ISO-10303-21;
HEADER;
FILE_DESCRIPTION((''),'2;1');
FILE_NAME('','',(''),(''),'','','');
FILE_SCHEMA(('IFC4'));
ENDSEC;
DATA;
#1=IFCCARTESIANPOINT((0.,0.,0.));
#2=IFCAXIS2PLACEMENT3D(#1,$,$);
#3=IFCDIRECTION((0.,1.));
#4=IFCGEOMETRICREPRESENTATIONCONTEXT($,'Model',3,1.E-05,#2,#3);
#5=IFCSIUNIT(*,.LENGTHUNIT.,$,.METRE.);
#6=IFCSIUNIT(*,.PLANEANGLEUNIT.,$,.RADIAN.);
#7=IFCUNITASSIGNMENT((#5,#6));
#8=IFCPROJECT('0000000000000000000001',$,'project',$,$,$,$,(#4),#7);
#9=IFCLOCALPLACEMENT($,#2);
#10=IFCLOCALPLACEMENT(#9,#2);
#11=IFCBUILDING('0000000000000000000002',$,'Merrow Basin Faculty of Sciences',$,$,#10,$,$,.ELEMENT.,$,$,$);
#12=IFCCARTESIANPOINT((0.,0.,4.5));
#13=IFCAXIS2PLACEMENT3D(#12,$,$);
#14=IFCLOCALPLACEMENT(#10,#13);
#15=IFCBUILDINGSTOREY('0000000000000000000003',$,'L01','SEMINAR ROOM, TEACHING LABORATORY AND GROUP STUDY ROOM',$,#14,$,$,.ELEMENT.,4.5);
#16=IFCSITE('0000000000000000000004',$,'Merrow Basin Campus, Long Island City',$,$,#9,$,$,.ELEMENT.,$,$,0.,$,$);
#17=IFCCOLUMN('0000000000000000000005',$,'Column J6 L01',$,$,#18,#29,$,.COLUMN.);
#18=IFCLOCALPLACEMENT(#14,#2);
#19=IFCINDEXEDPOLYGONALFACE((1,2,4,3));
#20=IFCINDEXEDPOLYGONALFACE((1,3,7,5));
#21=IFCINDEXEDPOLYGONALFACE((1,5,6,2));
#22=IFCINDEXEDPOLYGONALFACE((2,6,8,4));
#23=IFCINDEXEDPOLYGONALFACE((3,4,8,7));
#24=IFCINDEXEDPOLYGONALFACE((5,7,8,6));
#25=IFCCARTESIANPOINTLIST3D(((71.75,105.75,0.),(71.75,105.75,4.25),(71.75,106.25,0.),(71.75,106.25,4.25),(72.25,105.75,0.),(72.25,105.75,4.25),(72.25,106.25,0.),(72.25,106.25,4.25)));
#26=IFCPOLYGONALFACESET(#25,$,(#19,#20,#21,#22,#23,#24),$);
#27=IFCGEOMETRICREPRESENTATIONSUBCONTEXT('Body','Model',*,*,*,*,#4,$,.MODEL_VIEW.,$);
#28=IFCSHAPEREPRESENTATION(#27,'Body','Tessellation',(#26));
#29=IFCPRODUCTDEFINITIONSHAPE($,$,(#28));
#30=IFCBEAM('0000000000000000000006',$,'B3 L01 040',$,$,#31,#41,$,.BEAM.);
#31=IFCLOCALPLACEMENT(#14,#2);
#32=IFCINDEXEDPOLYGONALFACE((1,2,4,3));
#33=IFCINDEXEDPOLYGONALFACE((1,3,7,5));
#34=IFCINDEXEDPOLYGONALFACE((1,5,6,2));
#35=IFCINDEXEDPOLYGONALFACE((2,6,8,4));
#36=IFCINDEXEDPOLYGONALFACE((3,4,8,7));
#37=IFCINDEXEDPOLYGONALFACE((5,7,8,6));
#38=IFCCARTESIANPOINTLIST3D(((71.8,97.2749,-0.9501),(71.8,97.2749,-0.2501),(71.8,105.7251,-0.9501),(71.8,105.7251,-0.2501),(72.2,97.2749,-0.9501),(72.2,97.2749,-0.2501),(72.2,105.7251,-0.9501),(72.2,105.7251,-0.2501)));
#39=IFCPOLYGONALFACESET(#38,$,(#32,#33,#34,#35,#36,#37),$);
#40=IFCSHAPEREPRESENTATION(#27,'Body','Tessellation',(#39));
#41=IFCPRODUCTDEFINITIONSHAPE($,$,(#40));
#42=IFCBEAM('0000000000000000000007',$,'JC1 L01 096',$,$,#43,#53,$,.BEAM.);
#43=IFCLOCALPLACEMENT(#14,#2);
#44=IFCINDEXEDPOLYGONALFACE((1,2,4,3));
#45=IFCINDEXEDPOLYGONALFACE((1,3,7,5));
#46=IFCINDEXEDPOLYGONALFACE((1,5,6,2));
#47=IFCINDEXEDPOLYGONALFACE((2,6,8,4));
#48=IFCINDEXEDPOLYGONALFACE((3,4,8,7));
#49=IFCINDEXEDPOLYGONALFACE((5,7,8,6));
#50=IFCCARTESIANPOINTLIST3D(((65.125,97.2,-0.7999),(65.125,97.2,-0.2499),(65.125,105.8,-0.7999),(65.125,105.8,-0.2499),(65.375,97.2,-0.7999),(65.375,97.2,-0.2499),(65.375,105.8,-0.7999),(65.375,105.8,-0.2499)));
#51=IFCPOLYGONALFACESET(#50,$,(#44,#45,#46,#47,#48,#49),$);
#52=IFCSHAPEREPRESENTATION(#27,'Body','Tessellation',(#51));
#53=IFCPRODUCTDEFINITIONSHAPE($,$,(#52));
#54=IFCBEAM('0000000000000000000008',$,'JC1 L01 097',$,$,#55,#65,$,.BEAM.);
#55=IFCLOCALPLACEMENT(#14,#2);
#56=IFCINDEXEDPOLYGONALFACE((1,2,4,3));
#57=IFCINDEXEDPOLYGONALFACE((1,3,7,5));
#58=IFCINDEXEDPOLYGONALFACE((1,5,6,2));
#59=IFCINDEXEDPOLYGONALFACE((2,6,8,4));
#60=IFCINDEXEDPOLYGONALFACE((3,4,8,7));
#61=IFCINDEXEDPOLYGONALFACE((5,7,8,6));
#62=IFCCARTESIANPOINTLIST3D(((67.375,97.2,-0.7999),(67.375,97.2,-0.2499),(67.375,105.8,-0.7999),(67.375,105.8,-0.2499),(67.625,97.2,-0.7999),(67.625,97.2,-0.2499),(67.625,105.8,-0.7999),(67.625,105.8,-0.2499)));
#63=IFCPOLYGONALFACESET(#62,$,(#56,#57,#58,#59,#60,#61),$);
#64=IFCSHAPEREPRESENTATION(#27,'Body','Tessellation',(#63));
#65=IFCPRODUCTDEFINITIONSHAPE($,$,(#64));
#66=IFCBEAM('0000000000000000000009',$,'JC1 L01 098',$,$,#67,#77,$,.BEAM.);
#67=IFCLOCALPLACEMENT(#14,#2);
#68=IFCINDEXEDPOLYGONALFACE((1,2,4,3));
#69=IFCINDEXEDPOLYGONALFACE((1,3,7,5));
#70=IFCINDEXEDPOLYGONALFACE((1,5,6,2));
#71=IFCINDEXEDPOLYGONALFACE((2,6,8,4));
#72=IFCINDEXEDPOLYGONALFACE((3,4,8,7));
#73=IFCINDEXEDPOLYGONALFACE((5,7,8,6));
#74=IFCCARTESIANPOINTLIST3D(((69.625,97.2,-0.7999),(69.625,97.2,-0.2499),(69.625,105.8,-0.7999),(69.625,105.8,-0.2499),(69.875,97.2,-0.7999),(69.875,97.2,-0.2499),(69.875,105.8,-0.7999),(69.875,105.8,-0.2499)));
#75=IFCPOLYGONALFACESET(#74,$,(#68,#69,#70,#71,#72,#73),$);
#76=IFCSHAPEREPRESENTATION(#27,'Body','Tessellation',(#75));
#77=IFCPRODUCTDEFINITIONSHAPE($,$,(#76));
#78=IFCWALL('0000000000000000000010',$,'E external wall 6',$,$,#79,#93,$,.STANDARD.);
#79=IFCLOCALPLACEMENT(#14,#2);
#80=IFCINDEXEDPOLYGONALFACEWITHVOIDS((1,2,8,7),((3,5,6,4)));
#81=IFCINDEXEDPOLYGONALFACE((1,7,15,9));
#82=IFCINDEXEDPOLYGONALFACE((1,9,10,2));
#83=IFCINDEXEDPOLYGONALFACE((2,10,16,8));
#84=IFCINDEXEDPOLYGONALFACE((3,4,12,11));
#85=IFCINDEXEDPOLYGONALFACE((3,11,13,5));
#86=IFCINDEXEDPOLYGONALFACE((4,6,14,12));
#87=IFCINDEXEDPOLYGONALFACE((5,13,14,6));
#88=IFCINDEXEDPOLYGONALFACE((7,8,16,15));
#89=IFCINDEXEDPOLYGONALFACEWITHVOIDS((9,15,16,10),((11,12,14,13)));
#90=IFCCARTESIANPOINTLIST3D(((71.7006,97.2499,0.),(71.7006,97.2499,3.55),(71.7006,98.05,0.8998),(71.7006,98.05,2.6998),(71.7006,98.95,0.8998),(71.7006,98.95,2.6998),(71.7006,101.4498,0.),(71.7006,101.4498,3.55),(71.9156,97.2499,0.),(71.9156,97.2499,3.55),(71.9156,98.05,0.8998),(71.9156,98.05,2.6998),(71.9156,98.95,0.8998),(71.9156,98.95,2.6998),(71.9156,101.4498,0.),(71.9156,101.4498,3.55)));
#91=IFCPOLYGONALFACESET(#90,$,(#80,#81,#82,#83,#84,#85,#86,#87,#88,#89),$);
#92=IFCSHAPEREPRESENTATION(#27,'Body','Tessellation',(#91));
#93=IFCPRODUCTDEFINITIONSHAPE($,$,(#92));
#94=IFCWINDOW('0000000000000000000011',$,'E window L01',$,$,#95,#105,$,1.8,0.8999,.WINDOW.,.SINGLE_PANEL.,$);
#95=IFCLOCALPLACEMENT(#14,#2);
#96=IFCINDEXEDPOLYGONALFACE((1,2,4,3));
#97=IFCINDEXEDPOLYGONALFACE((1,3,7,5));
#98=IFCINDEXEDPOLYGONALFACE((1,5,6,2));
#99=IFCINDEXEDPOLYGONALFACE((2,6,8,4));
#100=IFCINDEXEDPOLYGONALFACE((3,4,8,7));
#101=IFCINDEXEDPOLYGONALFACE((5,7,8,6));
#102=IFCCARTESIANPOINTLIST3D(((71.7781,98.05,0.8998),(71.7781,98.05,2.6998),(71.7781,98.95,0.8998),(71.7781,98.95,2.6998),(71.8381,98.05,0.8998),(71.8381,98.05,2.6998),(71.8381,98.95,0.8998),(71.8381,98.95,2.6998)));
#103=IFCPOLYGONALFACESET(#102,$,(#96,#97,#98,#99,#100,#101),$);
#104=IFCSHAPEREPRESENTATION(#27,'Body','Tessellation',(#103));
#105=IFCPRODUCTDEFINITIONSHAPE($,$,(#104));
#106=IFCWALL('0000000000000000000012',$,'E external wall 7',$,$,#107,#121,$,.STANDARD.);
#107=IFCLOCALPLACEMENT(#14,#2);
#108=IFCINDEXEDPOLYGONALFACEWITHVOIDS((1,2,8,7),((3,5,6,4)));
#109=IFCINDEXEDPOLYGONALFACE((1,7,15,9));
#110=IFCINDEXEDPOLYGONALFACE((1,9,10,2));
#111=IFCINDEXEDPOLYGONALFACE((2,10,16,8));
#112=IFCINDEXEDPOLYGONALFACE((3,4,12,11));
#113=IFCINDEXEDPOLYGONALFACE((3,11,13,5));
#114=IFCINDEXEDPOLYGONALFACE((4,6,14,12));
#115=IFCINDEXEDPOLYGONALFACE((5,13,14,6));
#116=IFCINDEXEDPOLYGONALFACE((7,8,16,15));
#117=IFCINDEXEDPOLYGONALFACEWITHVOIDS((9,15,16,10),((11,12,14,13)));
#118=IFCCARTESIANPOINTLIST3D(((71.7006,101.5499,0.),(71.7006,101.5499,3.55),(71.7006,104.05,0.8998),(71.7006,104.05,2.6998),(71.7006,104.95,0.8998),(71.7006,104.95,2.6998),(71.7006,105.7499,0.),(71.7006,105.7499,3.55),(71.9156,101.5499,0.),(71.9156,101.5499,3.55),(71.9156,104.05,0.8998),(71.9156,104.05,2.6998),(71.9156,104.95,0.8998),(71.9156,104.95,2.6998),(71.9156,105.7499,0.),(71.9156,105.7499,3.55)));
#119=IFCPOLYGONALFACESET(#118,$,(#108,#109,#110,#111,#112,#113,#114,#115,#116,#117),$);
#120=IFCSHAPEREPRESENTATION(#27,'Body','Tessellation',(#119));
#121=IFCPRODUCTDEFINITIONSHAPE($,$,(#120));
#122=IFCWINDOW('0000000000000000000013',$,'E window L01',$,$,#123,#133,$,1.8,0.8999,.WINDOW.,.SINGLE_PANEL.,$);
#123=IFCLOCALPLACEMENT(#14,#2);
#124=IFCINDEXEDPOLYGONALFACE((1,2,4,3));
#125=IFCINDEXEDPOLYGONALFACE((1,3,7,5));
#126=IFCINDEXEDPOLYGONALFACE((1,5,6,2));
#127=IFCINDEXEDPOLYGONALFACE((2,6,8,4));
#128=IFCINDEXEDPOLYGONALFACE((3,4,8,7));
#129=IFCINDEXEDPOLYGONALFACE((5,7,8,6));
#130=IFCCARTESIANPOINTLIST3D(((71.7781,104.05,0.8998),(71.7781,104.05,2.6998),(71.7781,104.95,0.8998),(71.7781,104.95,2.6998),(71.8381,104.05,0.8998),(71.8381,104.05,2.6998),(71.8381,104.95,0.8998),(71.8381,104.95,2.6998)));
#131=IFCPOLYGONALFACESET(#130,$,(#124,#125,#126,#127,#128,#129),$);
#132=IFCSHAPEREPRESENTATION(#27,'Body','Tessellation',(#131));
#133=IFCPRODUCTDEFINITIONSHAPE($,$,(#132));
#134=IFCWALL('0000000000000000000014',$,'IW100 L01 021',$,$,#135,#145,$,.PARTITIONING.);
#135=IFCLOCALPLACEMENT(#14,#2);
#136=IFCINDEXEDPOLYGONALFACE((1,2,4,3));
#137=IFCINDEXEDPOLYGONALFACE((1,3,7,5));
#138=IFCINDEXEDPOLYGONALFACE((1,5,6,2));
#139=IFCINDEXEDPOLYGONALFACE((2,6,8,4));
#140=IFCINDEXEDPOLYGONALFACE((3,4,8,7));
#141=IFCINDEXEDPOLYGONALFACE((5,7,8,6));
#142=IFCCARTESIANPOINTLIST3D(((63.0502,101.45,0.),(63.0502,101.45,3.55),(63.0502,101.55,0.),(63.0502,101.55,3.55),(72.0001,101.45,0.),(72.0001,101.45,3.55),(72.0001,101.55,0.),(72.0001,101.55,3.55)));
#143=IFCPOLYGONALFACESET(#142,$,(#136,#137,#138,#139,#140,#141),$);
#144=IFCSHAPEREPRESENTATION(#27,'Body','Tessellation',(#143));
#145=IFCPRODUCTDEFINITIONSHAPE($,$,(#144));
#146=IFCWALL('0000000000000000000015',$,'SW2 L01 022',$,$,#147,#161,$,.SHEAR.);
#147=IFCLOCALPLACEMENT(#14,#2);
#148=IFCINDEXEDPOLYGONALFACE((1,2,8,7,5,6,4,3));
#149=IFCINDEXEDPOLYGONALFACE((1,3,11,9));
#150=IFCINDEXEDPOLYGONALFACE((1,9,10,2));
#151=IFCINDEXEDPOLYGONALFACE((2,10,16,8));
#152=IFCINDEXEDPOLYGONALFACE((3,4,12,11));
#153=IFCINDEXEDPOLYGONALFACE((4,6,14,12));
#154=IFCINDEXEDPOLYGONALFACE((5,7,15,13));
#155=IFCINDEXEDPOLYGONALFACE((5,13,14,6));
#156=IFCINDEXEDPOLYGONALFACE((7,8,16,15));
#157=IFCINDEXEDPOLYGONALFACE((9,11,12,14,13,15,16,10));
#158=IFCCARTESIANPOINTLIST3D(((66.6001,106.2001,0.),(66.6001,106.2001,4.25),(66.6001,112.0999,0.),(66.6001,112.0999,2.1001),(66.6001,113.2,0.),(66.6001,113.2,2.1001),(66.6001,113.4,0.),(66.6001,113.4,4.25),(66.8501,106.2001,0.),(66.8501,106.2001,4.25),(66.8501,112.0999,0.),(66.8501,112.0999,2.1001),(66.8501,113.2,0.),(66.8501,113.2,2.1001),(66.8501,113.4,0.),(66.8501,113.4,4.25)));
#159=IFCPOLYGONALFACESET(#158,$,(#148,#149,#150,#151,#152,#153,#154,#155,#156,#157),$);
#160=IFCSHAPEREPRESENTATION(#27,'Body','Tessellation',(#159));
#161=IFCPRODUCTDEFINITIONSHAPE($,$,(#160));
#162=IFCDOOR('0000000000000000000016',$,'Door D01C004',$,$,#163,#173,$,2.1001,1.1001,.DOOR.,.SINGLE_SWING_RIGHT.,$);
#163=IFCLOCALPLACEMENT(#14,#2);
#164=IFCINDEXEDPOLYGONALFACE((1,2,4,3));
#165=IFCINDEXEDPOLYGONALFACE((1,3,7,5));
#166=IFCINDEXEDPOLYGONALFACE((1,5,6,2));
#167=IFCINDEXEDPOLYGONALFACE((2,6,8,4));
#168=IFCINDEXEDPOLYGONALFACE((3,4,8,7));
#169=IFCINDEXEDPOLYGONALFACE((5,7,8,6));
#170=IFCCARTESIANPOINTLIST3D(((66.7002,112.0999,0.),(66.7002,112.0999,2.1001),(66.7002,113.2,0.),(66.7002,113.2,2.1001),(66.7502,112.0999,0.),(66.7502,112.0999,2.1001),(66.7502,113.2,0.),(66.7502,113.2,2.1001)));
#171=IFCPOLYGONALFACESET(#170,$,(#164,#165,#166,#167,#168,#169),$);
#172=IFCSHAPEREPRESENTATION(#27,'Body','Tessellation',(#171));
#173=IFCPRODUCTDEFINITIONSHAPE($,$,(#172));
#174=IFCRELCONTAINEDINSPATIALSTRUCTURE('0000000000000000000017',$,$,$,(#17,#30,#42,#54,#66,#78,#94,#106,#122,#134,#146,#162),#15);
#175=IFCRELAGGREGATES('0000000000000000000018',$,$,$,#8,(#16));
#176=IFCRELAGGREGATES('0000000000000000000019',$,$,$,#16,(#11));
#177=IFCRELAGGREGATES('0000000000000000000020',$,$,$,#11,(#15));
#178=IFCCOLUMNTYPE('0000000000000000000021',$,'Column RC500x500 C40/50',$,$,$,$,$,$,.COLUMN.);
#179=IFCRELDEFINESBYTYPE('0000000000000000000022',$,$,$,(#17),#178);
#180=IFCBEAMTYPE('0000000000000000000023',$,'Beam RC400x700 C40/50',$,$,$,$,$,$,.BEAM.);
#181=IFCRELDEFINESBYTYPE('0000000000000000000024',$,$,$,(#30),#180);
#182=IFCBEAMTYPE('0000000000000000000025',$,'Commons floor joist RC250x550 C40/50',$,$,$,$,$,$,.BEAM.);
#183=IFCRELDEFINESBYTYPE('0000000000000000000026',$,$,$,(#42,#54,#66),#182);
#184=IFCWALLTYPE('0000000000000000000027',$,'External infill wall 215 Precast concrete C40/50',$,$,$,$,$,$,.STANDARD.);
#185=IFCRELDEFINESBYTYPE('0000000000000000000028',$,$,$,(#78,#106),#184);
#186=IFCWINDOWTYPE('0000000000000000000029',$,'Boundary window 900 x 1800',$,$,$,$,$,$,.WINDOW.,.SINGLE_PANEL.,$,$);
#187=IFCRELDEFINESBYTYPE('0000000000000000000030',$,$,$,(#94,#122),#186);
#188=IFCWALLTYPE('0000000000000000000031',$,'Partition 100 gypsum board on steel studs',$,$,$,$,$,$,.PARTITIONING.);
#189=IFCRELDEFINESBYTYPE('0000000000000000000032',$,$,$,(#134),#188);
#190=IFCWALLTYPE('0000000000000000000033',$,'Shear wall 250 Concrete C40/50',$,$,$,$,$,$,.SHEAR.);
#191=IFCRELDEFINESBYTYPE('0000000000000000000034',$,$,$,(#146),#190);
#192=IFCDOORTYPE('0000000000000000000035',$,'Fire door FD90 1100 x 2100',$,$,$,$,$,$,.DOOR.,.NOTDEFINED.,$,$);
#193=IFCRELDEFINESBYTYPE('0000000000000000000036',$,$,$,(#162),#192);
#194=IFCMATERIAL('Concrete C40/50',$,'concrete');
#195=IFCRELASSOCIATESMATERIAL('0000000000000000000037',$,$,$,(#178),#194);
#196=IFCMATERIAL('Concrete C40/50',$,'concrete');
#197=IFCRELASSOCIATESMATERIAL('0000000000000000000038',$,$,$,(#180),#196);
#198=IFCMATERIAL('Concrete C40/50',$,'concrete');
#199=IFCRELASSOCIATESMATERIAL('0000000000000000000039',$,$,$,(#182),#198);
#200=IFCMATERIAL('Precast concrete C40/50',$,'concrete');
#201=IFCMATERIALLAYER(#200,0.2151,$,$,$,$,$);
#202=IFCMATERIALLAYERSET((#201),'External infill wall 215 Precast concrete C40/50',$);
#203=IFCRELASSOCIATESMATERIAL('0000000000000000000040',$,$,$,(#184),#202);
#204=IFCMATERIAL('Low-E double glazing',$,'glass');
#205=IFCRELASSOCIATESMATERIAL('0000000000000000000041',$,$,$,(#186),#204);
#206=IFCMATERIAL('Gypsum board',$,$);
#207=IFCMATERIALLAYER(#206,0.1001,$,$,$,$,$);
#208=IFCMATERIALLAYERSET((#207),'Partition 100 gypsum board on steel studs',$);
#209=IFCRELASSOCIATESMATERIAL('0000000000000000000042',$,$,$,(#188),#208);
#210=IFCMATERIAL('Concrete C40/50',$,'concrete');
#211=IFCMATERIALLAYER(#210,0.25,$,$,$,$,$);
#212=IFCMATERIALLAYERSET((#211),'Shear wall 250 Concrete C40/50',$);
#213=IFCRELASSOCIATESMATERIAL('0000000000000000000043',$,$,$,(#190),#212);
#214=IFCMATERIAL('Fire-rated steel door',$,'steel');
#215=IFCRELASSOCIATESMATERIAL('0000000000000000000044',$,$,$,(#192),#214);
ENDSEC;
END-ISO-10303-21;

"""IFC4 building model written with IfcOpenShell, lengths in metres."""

from ifc_helpers import new_model, si_unit, direction, frame, frame_2d, origin, origin_2d, place, context, subcontext, project, spatial, rectangle, extrude, material, layer, layer_set, material_profile, profile_set, type_object, element, fill, save


model = new_model("IFC4")

# Units and contexts
model_context = context("Model", 3, precision=1e-05, world=origin(), true_north=direction((0.0, 1.0)))
body_context = subcontext(model_context, "Body", "Model", "MODEL_VIEW")
ifc_project = project(units=[si_unit("LENGTHUNIT", "METRE"), si_unit("PLANEANGLEUNIT", "RADIAN")], contexts=[model_context])

# Site, building, storey
site_placement = place(None, origin())
site = spatial("IfcSite", under=ifc_project, at=site_placement, Name="Merrow Basin Campus, Long Island City", CompositionType="ELEMENT", RefElevation=0.0)
building_placement = place(site_placement, origin())
building = spatial("IfcBuilding", under=site, at=building_placement, Name="Merrow Basin Faculty of Sciences", CompositionType="ELEMENT")
storey_placement = place(building_placement, frame((0.0, 0.0, 4.5)))
storey = spatial("IfcBuildingStorey", under=building, at=storey_placement, Name="L01", Description="SEMINAR ROOM, TEACHING LABORATORY AND GROUP STUDY ROOM", CompositionType="ELEMENT", Elevation=4.5)

# Column
ifc_material_1 = material(Name="Concrete C40/50", Category="concrete")
ifc_material_profile_1 = material_profile(ifc_material_1, rectangle(XDim=0.5, YDim=0.5, at=origin_2d()))
ifc_profile_set_1 = profile_set([ifc_material_profile_1], Name="Concrete C40/50")
column_type = type_object("IfcColumnType", Name="Column RC500x500 C40/50", PredefinedType="COLUMN", material=ifc_profile_set_1)
column_placement = place(storey_placement, frame((72.0, 106.0, 0.0), z_axis=(0.0, 0.0, 1.0), x_axis=(1.0, 0.0, 0.0)))
element("IfcColumn", 1, at=column_placement, inside=storey, type_object=column_type, Name="Column J6 L01", PredefinedType="COLUMN", context=body_context, shape_type="SweptSolid", body=[
    extrude(rectangle(XDim=0.5, YDim=0.5, at=origin_2d()), origin(), (0.0, 0.0, 1.0), 4.25),
])

# Beams
ifc_material_2 = material(Name="Concrete C40/50", Category="concrete")
ifc_material_profile_2 = material_profile(ifc_material_2, rectangle(XDim=0.3999, YDim=0.7, at=origin_2d()))
ifc_profile_set_2 = profile_set([ifc_material_profile_2], Name="Concrete C40/50")
beam_type_1 = type_object("IfcBeamType", Name="Beam RC400x700 C40/50", PredefinedType="BEAM", material=ifc_profile_set_2)
beam_placement = place(storey_placement, frame((72.0, 97.2749, -0.6001), z_axis=(0.0, 1.0, 0.0), x_axis=(-1.0, 0.0, 0.0)))
element("IfcBeam", 2, at=beam_placement, inside=storey, type_object=beam_type_1, Name="B3 L01 040", PredefinedType="BEAM", context=body_context, shape_type="SweptSolid", body=[
    extrude(rectangle(XDim=0.3999, YDim=0.7, at=origin_2d()), origin(), (0.0, 0.0, 1.0), 8.4502),
])
ifc_material_3 = material(Name="Concrete C40/50", Category="concrete")
ifc_material_profile_3 = material_profile(ifc_material_3, rectangle(XDim=0.25, YDim=0.55, at=origin_2d()))
ifc_profile_set_3 = profile_set([ifc_material_profile_3], Name="Concrete C40/50")
beam_type_2 = type_object("IfcBeamType", Name="Commons floor joist RC250x550 C40/50", PredefinedType="BEAM", material=ifc_profile_set_3)
for number, where, z_axis, x_axis, name in (
    (3, (65.25, 97.2, -0.5249), (0.0, 1.0, 0.0), (-1.0, 0.0, 0.0), "JC1 L01 096"),
    (4, (67.5, 97.2, -0.5249), (0.0, 1.0, 0.0), (-1.0, 0.0, 0.0), "JC1 L01 097"),
    (5, (69.75, 97.2, -0.5249), (0.0, 1.0, 0.0), (-1.0, 0.0, 0.0), "JC1 L01 098"),
):
    element("IfcBeam", number, at=place(storey_placement, frame(where, z_axis=z_axis, x_axis=x_axis)), inside=storey, type_object=beam_type_2, Name=name, PredefinedType="BEAM", context=body_context, shape_type="SweptSolid", body=[
        extrude(rectangle(XDim=0.25, YDim=0.55, at=origin_2d()), origin(), (0.0, 0.0, 1.0), 8.6001),
    ])

# Walls, openings, windows
ifc_material_4 = material(Name="Precast concrete C40/50", Category="concrete")
ifc_layer_1 = layer(ifc_material_4, 0.2151)
ifc_layer_set_1 = layer_set([ifc_layer_1], Name="External infill wall 215 Precast concrete C40/50")
wall_type_1 = type_object("IfcWallType", Name="External infill wall 215 Precast concrete C40/50", PredefinedType="STANDARD", material=ifc_layer_set_1)
wall_1_placement = place(storey_placement, frame((71.8081, 101.45, 0.0), z_axis=(0.0, 0.0, 1.0), x_axis=(0.0, -1.0, 0.0)))
wall_1 = element("IfcWall", 6, at=wall_1_placement, inside=storey, type_object=wall_type_1, Name="E external wall 6", PredefinedType="STANDARD", context=body_context, shape_type="SweptSolid", body=[
    extrude(rectangle(XDim=4.2, YDim=0.2151, at=frame_2d((2.1001, 0.0))), origin(), (0.0, 0.0, 1.0), 3.55),
])
opening_1_placement = place(wall_1_placement, frame((2.5, 0.0, 0.8999)))
opening_1 = element("IfcOpeningElement", 7, at=opening_1_placement, cuts=wall_1, PredefinedType="OPENING", context=body_context, shape_type="SweptSolid", body=[
    extrude(rectangle(XDim=0.8999, YDim=1.8, at=frame_2d((0.45, 0.8999))), frame((0.0, 0.1174, 0.0), z_axis=(0.0, -1.0, 0.0), x_axis=(1.0, 0.0, 0.0)), (0.0, 0.0, 1.0), 0.2351),
])
ifc_material_5 = material(Name="Low-E double glazing", Category="glass")
window_type = type_object("IfcWindowType", Name="Boundary window 900 x 1800", PartitioningType="SINGLE_PANEL", PredefinedType="WINDOW", material=ifc_material_5)
window_1_placement = place(opening_1_placement, origin())
window_1 = element("IfcWindow", 8, at=window_1_placement, inside=storey, type_object=window_type, Name="E window L01", OverallHeight=1.8, OverallWidth=0.8999, PartitioningType="SINGLE_PANEL", PredefinedType="WINDOW", context=body_context, shape_type="SweptSolid", body=[
    extrude(rectangle(XDim=0.8999, YDim=1.8, at=frame_2d((0.45, 0.8999))), frame((0.0, 0.03, 0.0), z_axis=(0.0, -1.0, 0.0), x_axis=(1.0, 0.0, 0.0)), (0.0, 0.0, 1.0), 0.0601),
])
fill(opening_1, window_1)
wall_2_placement = place(storey_placement, frame((71.8081, 105.75, 0.0), z_axis=(0.0, 0.0, 1.0), x_axis=(0.0, -1.0, 0.0)))
wall_2 = element("IfcWall", 9, at=wall_2_placement, inside=storey, type_object=wall_type_1, Name="E external wall 7", PredefinedType="STANDARD", context=body_context, shape_type="SweptSolid", body=[
    extrude(rectangle(XDim=4.2, YDim=0.2151, at=frame_2d((2.1001, 0.0))), origin(), (0.0, 0.0, 1.0), 3.55),
])
opening_2_placement = place(wall_2_placement, frame((0.8, 0.0, 0.8999)))
opening_2 = element("IfcOpeningElement", 10, at=opening_2_placement, cuts=wall_2, PredefinedType="OPENING", context=body_context, shape_type="SweptSolid", body=[
    extrude(rectangle(XDim=0.8999, YDim=1.8, at=frame_2d((0.45, 0.8999))), frame((0.0, 0.1174, 0.0), z_axis=(0.0, -1.0, 0.0), x_axis=(1.0, 0.0, 0.0)), (0.0, 0.0, 1.0), 0.2351),
])
window_2_placement = place(opening_2_placement, origin())
window_2 = element("IfcWindow", 11, at=window_2_placement, inside=storey, type_object=window_type, Name="E window L01", OverallHeight=1.8, OverallWidth=0.8999, PartitioningType="SINGLE_PANEL", PredefinedType="WINDOW", context=body_context, shape_type="SweptSolid", body=[
    extrude(rectangle(XDim=0.8999, YDim=1.8, at=frame_2d((0.45, 0.8999))), frame((0.0, 0.03, 0.0), z_axis=(0.0, -1.0, 0.0), x_axis=(1.0, 0.0, 0.0)), (0.0, 0.0, 1.0), 0.0601),
])
fill(opening_2, window_2)

# Wall
ifc_material_6 = material(Name="Gypsum board")
ifc_layer_2 = layer(ifc_material_6, 0.1001)
ifc_layer_set_2 = layer_set([ifc_layer_2], Name="Partition 100 gypsum board on steel studs")
wall_type_2 = type_object("IfcWallType", Name="Partition 100 gypsum board on steel studs", PredefinedType="PARTITIONING", material=ifc_layer_set_2)
wall_3_placement = place(storey_placement, frame((63.05, 101.5, 0.0), z_axis=(0.0, 0.0, 1.0), x_axis=(1.0, 0.0, 0.0)))
element("IfcWall", 12, at=wall_3_placement, inside=storey, type_object=wall_type_2, Name="IW100 L01 021", PredefinedType="PARTITIONING", context=body_context, shape_type="SweptSolid", body=[
    extrude(rectangle(XDim=8.95, YDim=0.1001, at=frame_2d((4.4751, 0.0))), origin(), (0.0, 0.0, 1.0), 3.55),
])

# Wall, opening, door
ifc_material_7 = material(Name="Concrete C40/50", Category="concrete")
ifc_layer_3 = layer(ifc_material_7, 0.25)
ifc_layer_set_3 = layer_set([ifc_layer_3], Name="Shear wall 250 Concrete C40/50")
wall_type_3 = type_object("IfcWallType", Name="Shear wall 250 Concrete C40/50", PredefinedType="SHEAR", material=ifc_layer_set_3)
wall_4_placement = place(storey_placement, frame((66.7251, 106.2, 0.0), z_axis=(0.0, 0.0, 1.0), x_axis=(0.0, 1.0, 0.0)))
wall_4 = element("IfcWall", 13, at=wall_4_placement, inside=storey, type_object=wall_type_3, Name="SW2 L01 022", PredefinedType="SHEAR", context=body_context, shape_type="SweptSolid", body=[
    extrude(rectangle(XDim=7.2, YDim=0.25, at=frame_2d((3.6001, 0.0))), origin(), (0.0, 0.0, 1.0), 4.25),
])
opening_3_placement = place(wall_4_placement, frame((5.8999, 0.0, 0.0)))
opening_3 = element("IfcOpeningElement", 14, at=opening_3_placement, cuts=wall_4, PredefinedType="OPENING", context=body_context, shape_type="SweptSolid", body=[
    extrude(rectangle(XDim=1.1001, YDim=2.1001, at=frame_2d((0.55, 1.05))), frame((0.0, 0.135, 0.0), z_axis=(0.0, -1.0, 0.0), x_axis=(1.0, 0.0, 0.0)), (0.0, 0.0, 1.0), 0.27),
])
ifc_material_8 = material(Name="Fire-rated steel door", Category="steel")
door_type = type_object("IfcDoorType", Name="Fire door FD90 1100 x 2100", OperationType="NOTDEFINED", PredefinedType="DOOR", material=ifc_material_8)
door_placement = place(opening_3_placement, origin())
door = element("IfcDoor", 15, at=door_placement, inside=storey, type_object=door_type, Name="Door D01C004", OperationType="SINGLE_SWING_RIGHT", OverallHeight=2.1001, OverallWidth=1.1001, PredefinedType="DOOR", context=body_context, shape_type="SweptSolid", body=[
    extrude(rectangle(XDim=1.1001, YDim=2.1001, at=frame_2d((0.55, 1.05))), frame((0.0, 0.0249, 0.0), z_axis=(0.0, -1.0, 0.0), x_axis=(1.0, 0.0, 0.0)), (0.0, 0.0, 1.0), 0.05),
])
fill(opening_3, door)

save(model, "model.ifc")
